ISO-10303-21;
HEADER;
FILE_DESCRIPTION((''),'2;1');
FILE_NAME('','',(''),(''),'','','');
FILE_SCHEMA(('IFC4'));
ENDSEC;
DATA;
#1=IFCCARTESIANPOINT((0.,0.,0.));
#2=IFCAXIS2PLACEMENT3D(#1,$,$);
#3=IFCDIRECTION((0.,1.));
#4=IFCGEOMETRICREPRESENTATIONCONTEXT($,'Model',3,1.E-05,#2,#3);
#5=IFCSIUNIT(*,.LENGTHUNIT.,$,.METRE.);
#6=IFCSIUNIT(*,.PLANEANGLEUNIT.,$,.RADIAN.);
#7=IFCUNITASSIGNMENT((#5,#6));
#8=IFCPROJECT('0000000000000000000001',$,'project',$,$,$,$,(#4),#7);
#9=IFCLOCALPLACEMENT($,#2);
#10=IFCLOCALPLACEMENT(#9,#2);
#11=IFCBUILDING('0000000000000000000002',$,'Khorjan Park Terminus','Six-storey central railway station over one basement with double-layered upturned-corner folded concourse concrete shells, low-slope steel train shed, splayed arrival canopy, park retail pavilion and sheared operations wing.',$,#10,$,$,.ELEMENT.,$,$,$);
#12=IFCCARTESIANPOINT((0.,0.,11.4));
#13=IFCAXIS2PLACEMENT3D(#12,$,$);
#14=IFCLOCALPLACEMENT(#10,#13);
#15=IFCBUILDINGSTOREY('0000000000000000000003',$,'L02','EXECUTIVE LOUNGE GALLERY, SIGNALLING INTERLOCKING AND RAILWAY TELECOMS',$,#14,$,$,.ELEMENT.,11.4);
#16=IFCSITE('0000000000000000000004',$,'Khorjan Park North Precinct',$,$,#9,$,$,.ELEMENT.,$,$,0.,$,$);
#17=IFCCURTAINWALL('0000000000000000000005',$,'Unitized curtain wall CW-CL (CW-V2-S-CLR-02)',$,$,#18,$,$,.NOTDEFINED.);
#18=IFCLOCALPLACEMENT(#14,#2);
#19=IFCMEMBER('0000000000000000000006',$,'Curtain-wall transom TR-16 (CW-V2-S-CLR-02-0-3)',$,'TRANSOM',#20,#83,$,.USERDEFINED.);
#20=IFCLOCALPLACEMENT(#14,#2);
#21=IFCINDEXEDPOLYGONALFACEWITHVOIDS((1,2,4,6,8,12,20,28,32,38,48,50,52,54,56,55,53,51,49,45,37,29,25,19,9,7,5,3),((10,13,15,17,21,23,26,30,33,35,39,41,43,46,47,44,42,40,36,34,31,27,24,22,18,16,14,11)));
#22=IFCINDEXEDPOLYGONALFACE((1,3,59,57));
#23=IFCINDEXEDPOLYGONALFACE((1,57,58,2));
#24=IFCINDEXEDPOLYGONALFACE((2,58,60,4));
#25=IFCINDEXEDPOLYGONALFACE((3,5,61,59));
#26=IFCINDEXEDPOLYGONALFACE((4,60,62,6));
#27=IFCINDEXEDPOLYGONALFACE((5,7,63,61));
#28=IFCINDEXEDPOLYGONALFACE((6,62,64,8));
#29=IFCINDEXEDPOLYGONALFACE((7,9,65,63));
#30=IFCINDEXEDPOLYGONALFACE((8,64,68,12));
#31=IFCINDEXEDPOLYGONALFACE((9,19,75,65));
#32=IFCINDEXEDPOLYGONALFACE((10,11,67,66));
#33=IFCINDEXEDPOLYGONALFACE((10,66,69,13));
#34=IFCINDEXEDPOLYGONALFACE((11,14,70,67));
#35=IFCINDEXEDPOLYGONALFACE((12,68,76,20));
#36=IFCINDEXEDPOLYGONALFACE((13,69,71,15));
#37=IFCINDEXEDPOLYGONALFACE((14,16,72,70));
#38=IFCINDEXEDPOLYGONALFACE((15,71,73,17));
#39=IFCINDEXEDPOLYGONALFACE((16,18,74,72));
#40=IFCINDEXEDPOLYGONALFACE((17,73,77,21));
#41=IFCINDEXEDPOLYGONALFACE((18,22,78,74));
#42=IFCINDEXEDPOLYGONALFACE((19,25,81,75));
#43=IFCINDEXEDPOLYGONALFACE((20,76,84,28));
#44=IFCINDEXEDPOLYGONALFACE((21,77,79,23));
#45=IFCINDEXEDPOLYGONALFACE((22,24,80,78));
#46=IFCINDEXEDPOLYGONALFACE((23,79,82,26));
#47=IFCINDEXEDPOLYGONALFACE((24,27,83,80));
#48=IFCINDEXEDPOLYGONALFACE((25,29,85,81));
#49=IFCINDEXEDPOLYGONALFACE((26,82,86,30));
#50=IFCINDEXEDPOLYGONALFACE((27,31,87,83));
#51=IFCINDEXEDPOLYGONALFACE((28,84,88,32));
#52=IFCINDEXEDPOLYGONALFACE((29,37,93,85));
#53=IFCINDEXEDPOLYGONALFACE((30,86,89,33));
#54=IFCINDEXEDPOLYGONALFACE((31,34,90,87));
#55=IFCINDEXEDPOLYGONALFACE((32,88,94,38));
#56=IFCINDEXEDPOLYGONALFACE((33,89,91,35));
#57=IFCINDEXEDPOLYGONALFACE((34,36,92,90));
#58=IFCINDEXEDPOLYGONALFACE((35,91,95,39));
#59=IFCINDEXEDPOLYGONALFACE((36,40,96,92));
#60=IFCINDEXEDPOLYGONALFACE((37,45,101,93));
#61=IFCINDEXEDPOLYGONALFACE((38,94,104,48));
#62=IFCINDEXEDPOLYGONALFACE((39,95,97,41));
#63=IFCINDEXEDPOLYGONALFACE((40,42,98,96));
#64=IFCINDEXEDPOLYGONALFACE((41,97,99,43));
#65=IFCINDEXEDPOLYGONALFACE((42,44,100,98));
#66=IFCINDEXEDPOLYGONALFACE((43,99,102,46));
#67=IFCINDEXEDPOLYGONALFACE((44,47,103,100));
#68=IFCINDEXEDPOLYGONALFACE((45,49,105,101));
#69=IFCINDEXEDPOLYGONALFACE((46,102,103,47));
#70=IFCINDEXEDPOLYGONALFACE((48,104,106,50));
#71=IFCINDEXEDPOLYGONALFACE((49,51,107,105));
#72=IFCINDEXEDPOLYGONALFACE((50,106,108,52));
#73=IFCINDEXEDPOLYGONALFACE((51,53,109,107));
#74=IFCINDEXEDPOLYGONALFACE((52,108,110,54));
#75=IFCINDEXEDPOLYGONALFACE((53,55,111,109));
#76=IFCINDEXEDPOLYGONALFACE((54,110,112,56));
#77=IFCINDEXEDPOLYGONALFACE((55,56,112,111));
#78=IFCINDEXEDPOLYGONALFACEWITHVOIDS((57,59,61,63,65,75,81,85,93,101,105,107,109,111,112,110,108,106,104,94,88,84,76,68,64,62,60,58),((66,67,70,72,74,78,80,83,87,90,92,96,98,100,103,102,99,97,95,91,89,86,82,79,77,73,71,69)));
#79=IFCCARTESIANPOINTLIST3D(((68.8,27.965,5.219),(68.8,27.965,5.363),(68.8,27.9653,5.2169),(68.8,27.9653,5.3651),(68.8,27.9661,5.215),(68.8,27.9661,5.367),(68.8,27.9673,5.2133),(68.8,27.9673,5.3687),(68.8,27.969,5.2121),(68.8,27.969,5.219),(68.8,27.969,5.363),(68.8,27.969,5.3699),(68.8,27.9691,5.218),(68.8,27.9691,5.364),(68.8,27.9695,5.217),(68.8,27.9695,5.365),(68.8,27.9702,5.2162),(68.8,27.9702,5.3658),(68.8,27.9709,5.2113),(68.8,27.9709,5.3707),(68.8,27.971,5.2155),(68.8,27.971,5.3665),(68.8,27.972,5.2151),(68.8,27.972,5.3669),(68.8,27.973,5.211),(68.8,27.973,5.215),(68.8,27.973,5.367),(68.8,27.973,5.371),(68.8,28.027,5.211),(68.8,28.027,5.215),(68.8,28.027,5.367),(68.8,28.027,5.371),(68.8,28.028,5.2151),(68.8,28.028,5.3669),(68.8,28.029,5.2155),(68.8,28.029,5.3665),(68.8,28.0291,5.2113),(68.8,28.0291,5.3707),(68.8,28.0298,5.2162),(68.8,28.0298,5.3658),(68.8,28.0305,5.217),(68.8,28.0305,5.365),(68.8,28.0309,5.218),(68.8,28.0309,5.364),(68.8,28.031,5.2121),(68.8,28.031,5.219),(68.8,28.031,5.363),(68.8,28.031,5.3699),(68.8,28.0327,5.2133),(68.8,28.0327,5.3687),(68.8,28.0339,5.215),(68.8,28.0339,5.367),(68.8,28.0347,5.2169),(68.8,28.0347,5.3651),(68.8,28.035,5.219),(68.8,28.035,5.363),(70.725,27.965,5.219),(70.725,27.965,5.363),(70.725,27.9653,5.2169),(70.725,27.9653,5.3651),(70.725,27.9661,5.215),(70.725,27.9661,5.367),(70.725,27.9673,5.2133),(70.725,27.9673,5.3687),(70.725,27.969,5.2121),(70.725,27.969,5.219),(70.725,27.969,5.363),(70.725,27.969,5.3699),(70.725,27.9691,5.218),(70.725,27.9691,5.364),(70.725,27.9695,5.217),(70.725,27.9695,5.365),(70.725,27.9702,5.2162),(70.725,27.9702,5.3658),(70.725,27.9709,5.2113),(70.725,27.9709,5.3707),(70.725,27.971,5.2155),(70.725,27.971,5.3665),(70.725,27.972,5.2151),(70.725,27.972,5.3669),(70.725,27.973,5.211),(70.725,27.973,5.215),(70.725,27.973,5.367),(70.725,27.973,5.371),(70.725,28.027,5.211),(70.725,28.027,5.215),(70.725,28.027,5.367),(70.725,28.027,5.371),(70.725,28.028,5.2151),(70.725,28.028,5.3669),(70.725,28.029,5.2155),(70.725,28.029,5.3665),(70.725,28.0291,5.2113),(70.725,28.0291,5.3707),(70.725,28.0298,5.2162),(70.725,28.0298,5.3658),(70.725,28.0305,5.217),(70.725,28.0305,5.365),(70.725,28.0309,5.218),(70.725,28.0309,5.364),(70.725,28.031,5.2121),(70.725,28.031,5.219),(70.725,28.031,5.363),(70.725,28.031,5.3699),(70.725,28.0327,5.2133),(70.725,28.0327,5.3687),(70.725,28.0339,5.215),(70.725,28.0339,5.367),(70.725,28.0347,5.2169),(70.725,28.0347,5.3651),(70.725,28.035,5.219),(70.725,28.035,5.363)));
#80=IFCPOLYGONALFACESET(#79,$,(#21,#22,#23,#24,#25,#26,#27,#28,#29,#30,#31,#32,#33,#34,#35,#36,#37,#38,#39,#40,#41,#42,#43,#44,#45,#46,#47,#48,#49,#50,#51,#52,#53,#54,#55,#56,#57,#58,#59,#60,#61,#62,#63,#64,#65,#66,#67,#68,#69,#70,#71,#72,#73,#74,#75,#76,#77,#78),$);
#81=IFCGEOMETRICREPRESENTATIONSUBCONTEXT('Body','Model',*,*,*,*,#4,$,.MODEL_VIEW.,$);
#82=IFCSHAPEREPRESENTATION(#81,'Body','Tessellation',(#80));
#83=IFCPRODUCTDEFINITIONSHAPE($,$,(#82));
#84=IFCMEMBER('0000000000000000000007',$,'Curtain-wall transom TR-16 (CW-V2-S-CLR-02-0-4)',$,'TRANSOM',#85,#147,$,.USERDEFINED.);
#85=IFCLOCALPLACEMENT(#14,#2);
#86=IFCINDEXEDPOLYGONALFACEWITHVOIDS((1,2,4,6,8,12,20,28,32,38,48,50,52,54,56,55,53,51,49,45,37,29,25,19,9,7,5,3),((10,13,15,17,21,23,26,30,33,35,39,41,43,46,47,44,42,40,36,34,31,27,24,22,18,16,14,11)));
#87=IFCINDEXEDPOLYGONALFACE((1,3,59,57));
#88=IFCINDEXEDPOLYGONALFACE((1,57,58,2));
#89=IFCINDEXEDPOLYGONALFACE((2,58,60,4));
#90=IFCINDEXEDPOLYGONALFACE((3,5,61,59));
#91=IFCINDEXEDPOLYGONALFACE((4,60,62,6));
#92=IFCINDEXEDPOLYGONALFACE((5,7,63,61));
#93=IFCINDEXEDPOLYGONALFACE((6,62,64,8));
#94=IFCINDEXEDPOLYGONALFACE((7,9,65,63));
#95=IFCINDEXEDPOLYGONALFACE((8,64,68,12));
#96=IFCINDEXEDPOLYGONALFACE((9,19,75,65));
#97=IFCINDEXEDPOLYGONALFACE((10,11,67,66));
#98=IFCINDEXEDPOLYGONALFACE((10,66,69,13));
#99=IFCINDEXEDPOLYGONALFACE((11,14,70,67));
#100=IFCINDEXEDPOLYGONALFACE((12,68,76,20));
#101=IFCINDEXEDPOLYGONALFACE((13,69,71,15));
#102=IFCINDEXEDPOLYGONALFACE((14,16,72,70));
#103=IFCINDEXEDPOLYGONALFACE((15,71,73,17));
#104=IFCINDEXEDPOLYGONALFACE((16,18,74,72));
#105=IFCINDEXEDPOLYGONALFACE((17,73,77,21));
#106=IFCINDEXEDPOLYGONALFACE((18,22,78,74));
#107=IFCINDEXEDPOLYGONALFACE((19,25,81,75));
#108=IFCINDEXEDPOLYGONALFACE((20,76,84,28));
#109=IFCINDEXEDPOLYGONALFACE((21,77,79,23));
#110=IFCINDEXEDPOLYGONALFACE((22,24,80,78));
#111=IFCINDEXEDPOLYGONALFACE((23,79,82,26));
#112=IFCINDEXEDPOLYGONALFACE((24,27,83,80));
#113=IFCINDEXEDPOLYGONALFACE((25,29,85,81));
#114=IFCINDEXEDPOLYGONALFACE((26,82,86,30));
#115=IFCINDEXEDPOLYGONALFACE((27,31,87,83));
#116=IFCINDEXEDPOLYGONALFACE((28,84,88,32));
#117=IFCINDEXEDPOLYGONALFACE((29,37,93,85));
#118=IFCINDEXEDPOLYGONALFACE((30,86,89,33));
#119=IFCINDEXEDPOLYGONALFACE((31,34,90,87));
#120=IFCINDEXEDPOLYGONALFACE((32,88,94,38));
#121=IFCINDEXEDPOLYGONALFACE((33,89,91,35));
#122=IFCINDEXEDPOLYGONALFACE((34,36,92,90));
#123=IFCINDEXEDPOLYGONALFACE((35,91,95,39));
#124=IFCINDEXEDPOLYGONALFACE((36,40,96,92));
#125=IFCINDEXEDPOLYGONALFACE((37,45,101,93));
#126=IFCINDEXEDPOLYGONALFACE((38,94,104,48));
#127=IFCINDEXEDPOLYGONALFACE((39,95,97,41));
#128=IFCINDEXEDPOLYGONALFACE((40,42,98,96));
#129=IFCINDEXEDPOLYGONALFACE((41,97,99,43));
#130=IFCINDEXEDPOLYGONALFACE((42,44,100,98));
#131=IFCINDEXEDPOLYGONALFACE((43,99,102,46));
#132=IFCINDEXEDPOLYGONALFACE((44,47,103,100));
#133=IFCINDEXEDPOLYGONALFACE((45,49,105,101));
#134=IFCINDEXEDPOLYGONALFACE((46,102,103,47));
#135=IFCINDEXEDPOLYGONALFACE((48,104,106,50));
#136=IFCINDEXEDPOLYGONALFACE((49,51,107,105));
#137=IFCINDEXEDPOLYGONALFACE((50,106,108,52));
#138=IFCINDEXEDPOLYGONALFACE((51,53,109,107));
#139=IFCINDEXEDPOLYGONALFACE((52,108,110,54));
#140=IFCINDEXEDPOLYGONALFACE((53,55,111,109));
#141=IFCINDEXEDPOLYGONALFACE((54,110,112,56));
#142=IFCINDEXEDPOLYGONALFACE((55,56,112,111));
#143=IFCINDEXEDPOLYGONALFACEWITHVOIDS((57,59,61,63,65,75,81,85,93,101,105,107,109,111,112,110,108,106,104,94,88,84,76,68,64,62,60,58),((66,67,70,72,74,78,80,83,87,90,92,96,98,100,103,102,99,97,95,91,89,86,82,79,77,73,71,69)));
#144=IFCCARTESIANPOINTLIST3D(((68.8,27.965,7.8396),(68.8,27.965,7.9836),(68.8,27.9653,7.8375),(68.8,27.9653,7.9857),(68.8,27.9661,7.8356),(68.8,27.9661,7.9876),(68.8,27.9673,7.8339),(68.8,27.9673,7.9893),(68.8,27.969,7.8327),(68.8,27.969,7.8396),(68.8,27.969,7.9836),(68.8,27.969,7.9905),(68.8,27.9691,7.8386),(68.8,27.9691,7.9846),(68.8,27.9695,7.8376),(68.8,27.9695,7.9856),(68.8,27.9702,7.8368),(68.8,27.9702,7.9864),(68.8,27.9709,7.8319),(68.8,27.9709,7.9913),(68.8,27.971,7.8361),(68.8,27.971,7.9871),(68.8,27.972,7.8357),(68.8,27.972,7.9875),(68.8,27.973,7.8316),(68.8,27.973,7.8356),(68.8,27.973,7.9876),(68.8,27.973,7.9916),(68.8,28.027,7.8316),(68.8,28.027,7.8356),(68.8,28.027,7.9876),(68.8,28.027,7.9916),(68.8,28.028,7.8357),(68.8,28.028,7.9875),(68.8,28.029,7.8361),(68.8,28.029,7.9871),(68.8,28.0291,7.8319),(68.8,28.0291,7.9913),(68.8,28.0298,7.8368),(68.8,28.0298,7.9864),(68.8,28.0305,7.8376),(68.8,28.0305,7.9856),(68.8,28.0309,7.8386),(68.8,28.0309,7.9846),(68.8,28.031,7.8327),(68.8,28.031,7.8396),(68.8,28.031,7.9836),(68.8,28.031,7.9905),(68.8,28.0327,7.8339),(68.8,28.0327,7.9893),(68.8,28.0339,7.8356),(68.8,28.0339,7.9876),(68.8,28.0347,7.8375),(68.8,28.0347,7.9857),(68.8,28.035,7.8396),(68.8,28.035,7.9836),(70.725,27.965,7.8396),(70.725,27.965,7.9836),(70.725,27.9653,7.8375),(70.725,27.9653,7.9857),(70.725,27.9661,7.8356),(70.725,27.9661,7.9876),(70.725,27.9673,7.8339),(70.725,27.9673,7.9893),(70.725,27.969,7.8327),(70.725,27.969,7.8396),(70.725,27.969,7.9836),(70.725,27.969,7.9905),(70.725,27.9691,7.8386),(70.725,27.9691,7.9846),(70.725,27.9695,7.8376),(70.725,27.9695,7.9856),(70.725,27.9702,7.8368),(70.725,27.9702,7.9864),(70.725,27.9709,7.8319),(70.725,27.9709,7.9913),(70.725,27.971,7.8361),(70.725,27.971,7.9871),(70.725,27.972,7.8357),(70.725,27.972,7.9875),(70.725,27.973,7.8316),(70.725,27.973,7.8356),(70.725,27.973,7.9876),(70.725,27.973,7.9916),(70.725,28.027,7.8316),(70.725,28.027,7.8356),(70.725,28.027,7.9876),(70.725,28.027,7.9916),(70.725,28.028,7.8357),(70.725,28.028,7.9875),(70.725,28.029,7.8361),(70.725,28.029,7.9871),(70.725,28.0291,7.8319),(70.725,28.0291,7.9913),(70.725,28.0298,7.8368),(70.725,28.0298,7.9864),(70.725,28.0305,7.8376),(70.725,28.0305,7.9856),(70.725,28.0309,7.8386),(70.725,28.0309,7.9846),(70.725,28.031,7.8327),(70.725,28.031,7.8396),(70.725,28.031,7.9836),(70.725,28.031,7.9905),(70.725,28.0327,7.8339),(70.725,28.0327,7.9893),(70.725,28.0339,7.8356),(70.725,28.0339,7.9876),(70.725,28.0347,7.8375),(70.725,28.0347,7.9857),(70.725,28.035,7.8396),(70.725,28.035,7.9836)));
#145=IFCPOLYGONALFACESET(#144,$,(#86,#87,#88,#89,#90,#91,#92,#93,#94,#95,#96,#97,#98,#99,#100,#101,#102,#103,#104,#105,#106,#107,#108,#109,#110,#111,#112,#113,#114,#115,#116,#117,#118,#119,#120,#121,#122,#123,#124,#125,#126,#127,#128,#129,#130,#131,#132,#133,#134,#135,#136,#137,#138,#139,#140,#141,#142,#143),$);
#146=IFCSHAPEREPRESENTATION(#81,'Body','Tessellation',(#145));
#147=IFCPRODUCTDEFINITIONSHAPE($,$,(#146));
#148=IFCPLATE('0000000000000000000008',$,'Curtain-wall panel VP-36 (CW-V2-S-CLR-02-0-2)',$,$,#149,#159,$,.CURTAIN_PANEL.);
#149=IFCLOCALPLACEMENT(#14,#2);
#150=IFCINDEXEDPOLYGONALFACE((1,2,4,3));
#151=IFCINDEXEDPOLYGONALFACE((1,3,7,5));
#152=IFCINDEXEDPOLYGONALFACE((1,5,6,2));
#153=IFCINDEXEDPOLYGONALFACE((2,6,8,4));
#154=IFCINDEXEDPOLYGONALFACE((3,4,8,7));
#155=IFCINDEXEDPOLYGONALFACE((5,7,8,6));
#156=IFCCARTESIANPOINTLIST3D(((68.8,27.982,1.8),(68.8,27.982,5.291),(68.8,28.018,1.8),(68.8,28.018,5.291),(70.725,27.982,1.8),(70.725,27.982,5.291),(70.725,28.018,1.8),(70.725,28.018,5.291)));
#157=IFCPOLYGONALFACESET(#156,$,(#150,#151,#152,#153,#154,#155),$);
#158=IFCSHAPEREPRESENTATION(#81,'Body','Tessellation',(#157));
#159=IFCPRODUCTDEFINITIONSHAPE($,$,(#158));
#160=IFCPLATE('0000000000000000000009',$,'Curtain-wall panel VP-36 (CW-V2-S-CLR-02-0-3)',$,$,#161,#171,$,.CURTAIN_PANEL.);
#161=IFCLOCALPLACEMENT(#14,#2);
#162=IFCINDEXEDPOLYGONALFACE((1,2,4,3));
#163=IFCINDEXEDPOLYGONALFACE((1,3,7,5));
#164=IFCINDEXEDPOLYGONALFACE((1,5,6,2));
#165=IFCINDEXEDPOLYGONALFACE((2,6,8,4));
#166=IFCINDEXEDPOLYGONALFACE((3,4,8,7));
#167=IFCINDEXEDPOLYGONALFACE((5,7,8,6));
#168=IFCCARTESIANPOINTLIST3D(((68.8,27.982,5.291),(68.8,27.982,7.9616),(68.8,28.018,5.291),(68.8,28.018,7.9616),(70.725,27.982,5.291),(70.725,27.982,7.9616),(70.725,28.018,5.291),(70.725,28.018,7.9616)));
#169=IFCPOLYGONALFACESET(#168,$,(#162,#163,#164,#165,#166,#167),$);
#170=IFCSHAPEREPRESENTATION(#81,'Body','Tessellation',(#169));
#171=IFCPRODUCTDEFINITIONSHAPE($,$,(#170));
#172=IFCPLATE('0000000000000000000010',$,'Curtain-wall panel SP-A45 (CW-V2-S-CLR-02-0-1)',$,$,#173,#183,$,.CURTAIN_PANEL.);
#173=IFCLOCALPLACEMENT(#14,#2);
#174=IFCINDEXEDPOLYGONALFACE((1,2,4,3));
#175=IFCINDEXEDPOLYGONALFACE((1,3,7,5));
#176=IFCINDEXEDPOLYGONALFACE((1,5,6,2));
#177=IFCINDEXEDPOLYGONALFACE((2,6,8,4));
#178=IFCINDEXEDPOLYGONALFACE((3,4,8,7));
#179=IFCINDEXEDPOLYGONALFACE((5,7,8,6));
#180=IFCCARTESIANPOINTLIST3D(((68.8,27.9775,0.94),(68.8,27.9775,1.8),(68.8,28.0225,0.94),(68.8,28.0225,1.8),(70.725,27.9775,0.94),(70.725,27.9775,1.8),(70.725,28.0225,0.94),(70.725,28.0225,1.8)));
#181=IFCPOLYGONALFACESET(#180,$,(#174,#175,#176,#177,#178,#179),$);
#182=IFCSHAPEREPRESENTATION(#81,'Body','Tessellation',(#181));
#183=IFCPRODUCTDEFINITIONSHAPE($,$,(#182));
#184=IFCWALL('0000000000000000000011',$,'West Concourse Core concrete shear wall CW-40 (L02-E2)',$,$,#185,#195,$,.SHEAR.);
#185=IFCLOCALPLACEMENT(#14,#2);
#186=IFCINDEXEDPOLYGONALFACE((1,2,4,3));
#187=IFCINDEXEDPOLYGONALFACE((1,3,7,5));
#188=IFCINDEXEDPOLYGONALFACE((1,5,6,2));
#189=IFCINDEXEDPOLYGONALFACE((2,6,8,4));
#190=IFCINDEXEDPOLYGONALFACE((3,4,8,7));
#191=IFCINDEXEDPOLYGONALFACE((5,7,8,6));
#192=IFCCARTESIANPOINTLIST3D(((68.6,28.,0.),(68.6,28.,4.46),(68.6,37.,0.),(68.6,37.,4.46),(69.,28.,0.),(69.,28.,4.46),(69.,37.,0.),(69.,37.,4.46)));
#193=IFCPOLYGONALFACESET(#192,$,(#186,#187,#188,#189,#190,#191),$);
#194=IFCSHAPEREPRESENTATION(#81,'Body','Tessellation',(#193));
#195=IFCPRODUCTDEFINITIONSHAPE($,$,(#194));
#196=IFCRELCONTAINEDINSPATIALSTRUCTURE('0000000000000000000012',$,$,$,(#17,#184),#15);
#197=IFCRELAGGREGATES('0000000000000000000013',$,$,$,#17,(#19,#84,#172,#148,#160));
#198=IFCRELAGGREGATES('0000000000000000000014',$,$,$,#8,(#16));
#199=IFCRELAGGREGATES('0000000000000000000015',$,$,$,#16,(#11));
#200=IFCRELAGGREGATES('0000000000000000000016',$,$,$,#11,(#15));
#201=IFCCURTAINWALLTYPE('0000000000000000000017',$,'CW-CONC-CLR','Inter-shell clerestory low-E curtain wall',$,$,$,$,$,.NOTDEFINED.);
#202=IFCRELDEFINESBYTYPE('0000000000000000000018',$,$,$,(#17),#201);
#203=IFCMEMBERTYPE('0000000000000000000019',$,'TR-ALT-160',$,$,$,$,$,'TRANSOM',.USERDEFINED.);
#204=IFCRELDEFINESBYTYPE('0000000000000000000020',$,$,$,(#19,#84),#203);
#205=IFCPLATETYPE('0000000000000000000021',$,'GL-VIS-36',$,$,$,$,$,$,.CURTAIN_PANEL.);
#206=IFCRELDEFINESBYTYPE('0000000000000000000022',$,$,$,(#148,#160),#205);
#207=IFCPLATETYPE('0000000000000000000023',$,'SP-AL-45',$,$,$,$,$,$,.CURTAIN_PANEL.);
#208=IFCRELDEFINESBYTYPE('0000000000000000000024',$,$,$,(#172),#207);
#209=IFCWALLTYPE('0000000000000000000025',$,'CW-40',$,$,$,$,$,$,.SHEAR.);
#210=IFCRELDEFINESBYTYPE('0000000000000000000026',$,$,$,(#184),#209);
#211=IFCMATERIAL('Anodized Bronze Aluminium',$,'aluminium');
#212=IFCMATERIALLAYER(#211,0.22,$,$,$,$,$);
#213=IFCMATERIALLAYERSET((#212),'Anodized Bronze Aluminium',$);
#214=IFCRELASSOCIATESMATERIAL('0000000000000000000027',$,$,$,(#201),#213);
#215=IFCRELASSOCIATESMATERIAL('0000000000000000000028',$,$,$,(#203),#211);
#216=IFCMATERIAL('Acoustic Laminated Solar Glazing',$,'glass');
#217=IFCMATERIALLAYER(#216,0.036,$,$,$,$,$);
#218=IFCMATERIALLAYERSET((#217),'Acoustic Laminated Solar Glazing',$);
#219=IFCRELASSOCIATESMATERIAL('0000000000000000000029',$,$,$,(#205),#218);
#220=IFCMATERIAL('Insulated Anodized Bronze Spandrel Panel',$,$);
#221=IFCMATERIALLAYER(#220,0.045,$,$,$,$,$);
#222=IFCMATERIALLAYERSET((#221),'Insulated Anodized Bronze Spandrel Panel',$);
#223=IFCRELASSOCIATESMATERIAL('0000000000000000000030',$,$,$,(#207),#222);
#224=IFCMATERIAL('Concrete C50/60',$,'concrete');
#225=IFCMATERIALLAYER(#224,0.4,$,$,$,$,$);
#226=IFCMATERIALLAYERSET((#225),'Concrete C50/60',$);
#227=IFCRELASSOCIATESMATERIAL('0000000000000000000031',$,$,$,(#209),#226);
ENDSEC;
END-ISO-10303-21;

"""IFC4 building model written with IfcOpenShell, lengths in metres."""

from ifc_helpers import new_model, si_unit, direction, frame, frame_2d, origin, origin_2d, place, context, subcontext, project, spatial, rectangle, hollow_rectangle, extrude, material, layer, layer_set, material_profile, profile_set, type_object, element, aggregate, save


model = new_model("IFC4")

# Units and contexts
model_context = context("Model", 3, precision=1e-05, world=origin(), true_north=direction((0.0, 1.0)))
body_context = subcontext(model_context, "Body", "Model", "MODEL_VIEW")
ifc_project = project(units=[si_unit("LENGTHUNIT", "METRE"), si_unit("PLANEANGLEUNIT", "RADIAN")], contexts=[model_context])

# Site, building, storey
site_placement = place(None, origin())
site = spatial("IfcSite", under=ifc_project, at=site_placement, Name="Khorjan Park North Precinct", CompositionType="ELEMENT", RefElevation=0.0)
building_placement = place(site_placement, origin())
building = spatial("IfcBuilding", under=site, at=building_placement, Name="Khorjan Park Terminus", Description="Six-storey central railway station over one basement with double-layered upturned-corner folded concourse concrete shells, low-slope steel train shed, splayed arrival canopy, park retail pavilion and sheared operations wing.", CompositionType="ELEMENT")
storey_placement = place(building_placement, frame((0.0, 0.0, 11.4)))
storey = spatial("IfcBuildingStorey", under=building, at=storey_placement, Name="L02", Description="EXECUTIVE LOUNGE GALLERY, SIGNALLING INTERLOCKING AND RAILWAY TELECOMS", CompositionType="ELEMENT", Elevation=11.4)

# Curtain wall, members, plates
ifc_material_1 = material(Name="Anodized Bronze Aluminium", Category="aluminium")
ifc_layer_1 = layer(ifc_material_1, 0.22)
ifc_layer_set_1 = layer_set([ifc_layer_1], Name="Anodized Bronze Aluminium")
curtain_wall_type = type_object("IfcCurtainWallType", Name="CW-CONC-CLR", Description="Inter-shell clerestory low-E curtain wall", PredefinedType="NOTDEFINED", material=ifc_layer_set_1)
curtain_wall_placement = place(storey_placement, origin())
curtain_wall = element("IfcCurtainWall", 1, at=curtain_wall_placement, inside=storey, type_object=curtain_wall_type, Name="Unitized curtain wall CW-CL (CW-V2-S-CLR-02)", PredefinedType="NOTDEFINED")
ifc_material_profile_1 = material_profile(ifc_material_1, hollow_rectangle(XDim=0.07, YDim=0.16, WallThickness=0.004, InnerFilletRadius=0.004, OuterFilletRadius=0.008, at=origin_2d()), Name="ALT 70x160x4")
ifc_profile_set_1 = profile_set([ifc_material_profile_1], Name="Anodized Bronze Aluminium")
member_type_1 = type_object("IfcMemberType", Name="TR-ALT-160", ElementType="TRANSOM", PredefinedType="USERDEFINED", material=ifc_profile_set_1)
member_1_placement = place(storey_placement, frame((68.8, 28.0, 5.291), z_axis=(1.0, 0.0, 0.0), x_axis=(0.0, 1.0, 0.0)))
member_1 = element("IfcMember", 2, at=member_1_placement, type_object=member_type_1, Name="Curtain-wall transom TR-16 (CW-V2-S-CLR-02-0-3)", ObjectType="TRANSOM", PredefinedType="USERDEFINED", context=body_context, shape_type="SweptSolid", body=[
    extrude(hollow_rectangle(XDim=0.07, YDim=0.16, WallThickness=0.004, InnerFilletRadius=0.004, OuterFilletRadius=0.008, at=origin_2d()), origin(), (0.0, 0.0, 1.0), 1.925),
])
member_2_placement = place(storey_placement, frame((68.8, 28.0, 7.9116), z_axis=(1.0, 0.0, 0.0), x_axis=(0.0, 1.0, 0.0)))
member_2 = element("IfcMember", 3, at=member_2_placement, type_object=member_type_1, Name="Curtain-wall transom TR-16 (CW-V2-S-CLR-02-0-4)", ObjectType="TRANSOM", PredefinedType="USERDEFINED", context=body_context, shape_type="SweptSolid", body=[
    extrude(hollow_rectangle(XDim=0.07, YDim=0.16, WallThickness=0.004, InnerFilletRadius=0.004, OuterFilletRadius=0.008, at=origin_2d()), origin(), (0.0, 0.0, 1.0), 1.925),
])
ifc_material_2 = material(Name="Acoustic Laminated Solar Glazing", Category="glass")
ifc_layer_2 = layer(ifc_material_2, 0.036)
ifc_layer_set_2 = layer_set([ifc_layer_2], Name="Acoustic Laminated Solar Glazing")
plate_type_1 = type_object("IfcPlateType", Name="GL-VIS-36", PredefinedType="CURTAIN_PANEL", material=ifc_layer_set_2)
plate_1_placement = place(storey_placement, frame((69.7625, 28.0, 1.8), z_axis=(0.0, 0.0, 1.0), x_axis=(1.0, 0.0, 0.0)))
plate_1 = element("IfcPlate", 4, at=plate_1_placement, type_object=plate_type_1, Name="Curtain-wall panel VP-36 (CW-V2-S-CLR-02-0-2)", PredefinedType="CURTAIN_PANEL", context=body_context, shape_type="SweptSolid", body=[
    extrude(rectangle(XDim=1.925, YDim=0.036, at=origin_2d()), origin(), (0.0, 0.0, 1.0), 3.491),
])
plate_2_placement = place(storey_placement, frame((69.7625, 28.0, 5.291), z_axis=(0.0, 0.0, 1.0), x_axis=(1.0, 0.0, 0.0)))
plate_2 = element("IfcPlate", 5, at=plate_2_placement, type_object=plate_type_1, Name="Curtain-wall panel VP-36 (CW-V2-S-CLR-02-0-3)", PredefinedType="CURTAIN_PANEL", context=body_context, shape_type="SweptSolid", body=[
    extrude(rectangle(XDim=1.925, YDim=0.036, at=origin_2d()), origin(), (0.0, 0.0, 1.0), 2.6706),
])
ifc_material_3 = material(Name="Insulated Anodized Bronze Spandrel Panel")
ifc_layer_3 = layer(ifc_material_3, 0.045)
ifc_layer_set_3 = layer_set([ifc_layer_3], Name="Insulated Anodized Bronze Spandrel Panel")
plate_type_2 = type_object("IfcPlateType", Name="SP-AL-45", PredefinedType="CURTAIN_PANEL", material=ifc_layer_set_3)
plate_3_placement = place(storey_placement, frame((69.7625, 28.0, 0.94), z_axis=(0.0, 0.0, 1.0), x_axis=(1.0, 0.0, 0.0)))
plate_3 = element("IfcPlate", 6, at=plate_3_placement, type_object=plate_type_2, Name="Curtain-wall panel SP-A45 (CW-V2-S-CLR-02-0-1)", PredefinedType="CURTAIN_PANEL", context=body_context, shape_type="SweptSolid", body=[
    extrude(rectangle(XDim=1.925, YDim=0.045, at=origin_2d()), origin(), (0.0, 0.0, 1.0), 0.86),
])
aggregate(curtain_wall, [member_1, member_2, plate_3, plate_1, plate_2])

# Wall
ifc_material_4 = material(Name="Concrete C50/60", Category="concrete")
ifc_layer_4 = layer(ifc_material_4, 0.4)
ifc_layer_set_4 = layer_set([ifc_layer_4], Name="Concrete C50/60")
wall_type_1 = type_object("IfcWallType", Name="CW-40", PredefinedType="SHEAR", material=ifc_layer_set_4)
wall_1_placement = place(storey_placement, frame((68.8, 28.0, 0.0), z_axis=(0.0, 0.0, 1.0), x_axis=(0.0, 1.0, 0.0)))
element("IfcWall", 7, at=wall_1_placement, inside=storey, type_object=wall_type_1, Name="West Concourse Core concrete shear wall CW-40 (L02-E2)", PredefinedType="SHEAR", context=body_context, shape_type="SweptSolid", body=[
    extrude(rectangle(XDim=9.0, YDim=0.4, at=frame_2d((4.5, 0.0))), origin(), (0.0, 0.0, 1.0), 4.46),
])

save(model, "model.ifc")
